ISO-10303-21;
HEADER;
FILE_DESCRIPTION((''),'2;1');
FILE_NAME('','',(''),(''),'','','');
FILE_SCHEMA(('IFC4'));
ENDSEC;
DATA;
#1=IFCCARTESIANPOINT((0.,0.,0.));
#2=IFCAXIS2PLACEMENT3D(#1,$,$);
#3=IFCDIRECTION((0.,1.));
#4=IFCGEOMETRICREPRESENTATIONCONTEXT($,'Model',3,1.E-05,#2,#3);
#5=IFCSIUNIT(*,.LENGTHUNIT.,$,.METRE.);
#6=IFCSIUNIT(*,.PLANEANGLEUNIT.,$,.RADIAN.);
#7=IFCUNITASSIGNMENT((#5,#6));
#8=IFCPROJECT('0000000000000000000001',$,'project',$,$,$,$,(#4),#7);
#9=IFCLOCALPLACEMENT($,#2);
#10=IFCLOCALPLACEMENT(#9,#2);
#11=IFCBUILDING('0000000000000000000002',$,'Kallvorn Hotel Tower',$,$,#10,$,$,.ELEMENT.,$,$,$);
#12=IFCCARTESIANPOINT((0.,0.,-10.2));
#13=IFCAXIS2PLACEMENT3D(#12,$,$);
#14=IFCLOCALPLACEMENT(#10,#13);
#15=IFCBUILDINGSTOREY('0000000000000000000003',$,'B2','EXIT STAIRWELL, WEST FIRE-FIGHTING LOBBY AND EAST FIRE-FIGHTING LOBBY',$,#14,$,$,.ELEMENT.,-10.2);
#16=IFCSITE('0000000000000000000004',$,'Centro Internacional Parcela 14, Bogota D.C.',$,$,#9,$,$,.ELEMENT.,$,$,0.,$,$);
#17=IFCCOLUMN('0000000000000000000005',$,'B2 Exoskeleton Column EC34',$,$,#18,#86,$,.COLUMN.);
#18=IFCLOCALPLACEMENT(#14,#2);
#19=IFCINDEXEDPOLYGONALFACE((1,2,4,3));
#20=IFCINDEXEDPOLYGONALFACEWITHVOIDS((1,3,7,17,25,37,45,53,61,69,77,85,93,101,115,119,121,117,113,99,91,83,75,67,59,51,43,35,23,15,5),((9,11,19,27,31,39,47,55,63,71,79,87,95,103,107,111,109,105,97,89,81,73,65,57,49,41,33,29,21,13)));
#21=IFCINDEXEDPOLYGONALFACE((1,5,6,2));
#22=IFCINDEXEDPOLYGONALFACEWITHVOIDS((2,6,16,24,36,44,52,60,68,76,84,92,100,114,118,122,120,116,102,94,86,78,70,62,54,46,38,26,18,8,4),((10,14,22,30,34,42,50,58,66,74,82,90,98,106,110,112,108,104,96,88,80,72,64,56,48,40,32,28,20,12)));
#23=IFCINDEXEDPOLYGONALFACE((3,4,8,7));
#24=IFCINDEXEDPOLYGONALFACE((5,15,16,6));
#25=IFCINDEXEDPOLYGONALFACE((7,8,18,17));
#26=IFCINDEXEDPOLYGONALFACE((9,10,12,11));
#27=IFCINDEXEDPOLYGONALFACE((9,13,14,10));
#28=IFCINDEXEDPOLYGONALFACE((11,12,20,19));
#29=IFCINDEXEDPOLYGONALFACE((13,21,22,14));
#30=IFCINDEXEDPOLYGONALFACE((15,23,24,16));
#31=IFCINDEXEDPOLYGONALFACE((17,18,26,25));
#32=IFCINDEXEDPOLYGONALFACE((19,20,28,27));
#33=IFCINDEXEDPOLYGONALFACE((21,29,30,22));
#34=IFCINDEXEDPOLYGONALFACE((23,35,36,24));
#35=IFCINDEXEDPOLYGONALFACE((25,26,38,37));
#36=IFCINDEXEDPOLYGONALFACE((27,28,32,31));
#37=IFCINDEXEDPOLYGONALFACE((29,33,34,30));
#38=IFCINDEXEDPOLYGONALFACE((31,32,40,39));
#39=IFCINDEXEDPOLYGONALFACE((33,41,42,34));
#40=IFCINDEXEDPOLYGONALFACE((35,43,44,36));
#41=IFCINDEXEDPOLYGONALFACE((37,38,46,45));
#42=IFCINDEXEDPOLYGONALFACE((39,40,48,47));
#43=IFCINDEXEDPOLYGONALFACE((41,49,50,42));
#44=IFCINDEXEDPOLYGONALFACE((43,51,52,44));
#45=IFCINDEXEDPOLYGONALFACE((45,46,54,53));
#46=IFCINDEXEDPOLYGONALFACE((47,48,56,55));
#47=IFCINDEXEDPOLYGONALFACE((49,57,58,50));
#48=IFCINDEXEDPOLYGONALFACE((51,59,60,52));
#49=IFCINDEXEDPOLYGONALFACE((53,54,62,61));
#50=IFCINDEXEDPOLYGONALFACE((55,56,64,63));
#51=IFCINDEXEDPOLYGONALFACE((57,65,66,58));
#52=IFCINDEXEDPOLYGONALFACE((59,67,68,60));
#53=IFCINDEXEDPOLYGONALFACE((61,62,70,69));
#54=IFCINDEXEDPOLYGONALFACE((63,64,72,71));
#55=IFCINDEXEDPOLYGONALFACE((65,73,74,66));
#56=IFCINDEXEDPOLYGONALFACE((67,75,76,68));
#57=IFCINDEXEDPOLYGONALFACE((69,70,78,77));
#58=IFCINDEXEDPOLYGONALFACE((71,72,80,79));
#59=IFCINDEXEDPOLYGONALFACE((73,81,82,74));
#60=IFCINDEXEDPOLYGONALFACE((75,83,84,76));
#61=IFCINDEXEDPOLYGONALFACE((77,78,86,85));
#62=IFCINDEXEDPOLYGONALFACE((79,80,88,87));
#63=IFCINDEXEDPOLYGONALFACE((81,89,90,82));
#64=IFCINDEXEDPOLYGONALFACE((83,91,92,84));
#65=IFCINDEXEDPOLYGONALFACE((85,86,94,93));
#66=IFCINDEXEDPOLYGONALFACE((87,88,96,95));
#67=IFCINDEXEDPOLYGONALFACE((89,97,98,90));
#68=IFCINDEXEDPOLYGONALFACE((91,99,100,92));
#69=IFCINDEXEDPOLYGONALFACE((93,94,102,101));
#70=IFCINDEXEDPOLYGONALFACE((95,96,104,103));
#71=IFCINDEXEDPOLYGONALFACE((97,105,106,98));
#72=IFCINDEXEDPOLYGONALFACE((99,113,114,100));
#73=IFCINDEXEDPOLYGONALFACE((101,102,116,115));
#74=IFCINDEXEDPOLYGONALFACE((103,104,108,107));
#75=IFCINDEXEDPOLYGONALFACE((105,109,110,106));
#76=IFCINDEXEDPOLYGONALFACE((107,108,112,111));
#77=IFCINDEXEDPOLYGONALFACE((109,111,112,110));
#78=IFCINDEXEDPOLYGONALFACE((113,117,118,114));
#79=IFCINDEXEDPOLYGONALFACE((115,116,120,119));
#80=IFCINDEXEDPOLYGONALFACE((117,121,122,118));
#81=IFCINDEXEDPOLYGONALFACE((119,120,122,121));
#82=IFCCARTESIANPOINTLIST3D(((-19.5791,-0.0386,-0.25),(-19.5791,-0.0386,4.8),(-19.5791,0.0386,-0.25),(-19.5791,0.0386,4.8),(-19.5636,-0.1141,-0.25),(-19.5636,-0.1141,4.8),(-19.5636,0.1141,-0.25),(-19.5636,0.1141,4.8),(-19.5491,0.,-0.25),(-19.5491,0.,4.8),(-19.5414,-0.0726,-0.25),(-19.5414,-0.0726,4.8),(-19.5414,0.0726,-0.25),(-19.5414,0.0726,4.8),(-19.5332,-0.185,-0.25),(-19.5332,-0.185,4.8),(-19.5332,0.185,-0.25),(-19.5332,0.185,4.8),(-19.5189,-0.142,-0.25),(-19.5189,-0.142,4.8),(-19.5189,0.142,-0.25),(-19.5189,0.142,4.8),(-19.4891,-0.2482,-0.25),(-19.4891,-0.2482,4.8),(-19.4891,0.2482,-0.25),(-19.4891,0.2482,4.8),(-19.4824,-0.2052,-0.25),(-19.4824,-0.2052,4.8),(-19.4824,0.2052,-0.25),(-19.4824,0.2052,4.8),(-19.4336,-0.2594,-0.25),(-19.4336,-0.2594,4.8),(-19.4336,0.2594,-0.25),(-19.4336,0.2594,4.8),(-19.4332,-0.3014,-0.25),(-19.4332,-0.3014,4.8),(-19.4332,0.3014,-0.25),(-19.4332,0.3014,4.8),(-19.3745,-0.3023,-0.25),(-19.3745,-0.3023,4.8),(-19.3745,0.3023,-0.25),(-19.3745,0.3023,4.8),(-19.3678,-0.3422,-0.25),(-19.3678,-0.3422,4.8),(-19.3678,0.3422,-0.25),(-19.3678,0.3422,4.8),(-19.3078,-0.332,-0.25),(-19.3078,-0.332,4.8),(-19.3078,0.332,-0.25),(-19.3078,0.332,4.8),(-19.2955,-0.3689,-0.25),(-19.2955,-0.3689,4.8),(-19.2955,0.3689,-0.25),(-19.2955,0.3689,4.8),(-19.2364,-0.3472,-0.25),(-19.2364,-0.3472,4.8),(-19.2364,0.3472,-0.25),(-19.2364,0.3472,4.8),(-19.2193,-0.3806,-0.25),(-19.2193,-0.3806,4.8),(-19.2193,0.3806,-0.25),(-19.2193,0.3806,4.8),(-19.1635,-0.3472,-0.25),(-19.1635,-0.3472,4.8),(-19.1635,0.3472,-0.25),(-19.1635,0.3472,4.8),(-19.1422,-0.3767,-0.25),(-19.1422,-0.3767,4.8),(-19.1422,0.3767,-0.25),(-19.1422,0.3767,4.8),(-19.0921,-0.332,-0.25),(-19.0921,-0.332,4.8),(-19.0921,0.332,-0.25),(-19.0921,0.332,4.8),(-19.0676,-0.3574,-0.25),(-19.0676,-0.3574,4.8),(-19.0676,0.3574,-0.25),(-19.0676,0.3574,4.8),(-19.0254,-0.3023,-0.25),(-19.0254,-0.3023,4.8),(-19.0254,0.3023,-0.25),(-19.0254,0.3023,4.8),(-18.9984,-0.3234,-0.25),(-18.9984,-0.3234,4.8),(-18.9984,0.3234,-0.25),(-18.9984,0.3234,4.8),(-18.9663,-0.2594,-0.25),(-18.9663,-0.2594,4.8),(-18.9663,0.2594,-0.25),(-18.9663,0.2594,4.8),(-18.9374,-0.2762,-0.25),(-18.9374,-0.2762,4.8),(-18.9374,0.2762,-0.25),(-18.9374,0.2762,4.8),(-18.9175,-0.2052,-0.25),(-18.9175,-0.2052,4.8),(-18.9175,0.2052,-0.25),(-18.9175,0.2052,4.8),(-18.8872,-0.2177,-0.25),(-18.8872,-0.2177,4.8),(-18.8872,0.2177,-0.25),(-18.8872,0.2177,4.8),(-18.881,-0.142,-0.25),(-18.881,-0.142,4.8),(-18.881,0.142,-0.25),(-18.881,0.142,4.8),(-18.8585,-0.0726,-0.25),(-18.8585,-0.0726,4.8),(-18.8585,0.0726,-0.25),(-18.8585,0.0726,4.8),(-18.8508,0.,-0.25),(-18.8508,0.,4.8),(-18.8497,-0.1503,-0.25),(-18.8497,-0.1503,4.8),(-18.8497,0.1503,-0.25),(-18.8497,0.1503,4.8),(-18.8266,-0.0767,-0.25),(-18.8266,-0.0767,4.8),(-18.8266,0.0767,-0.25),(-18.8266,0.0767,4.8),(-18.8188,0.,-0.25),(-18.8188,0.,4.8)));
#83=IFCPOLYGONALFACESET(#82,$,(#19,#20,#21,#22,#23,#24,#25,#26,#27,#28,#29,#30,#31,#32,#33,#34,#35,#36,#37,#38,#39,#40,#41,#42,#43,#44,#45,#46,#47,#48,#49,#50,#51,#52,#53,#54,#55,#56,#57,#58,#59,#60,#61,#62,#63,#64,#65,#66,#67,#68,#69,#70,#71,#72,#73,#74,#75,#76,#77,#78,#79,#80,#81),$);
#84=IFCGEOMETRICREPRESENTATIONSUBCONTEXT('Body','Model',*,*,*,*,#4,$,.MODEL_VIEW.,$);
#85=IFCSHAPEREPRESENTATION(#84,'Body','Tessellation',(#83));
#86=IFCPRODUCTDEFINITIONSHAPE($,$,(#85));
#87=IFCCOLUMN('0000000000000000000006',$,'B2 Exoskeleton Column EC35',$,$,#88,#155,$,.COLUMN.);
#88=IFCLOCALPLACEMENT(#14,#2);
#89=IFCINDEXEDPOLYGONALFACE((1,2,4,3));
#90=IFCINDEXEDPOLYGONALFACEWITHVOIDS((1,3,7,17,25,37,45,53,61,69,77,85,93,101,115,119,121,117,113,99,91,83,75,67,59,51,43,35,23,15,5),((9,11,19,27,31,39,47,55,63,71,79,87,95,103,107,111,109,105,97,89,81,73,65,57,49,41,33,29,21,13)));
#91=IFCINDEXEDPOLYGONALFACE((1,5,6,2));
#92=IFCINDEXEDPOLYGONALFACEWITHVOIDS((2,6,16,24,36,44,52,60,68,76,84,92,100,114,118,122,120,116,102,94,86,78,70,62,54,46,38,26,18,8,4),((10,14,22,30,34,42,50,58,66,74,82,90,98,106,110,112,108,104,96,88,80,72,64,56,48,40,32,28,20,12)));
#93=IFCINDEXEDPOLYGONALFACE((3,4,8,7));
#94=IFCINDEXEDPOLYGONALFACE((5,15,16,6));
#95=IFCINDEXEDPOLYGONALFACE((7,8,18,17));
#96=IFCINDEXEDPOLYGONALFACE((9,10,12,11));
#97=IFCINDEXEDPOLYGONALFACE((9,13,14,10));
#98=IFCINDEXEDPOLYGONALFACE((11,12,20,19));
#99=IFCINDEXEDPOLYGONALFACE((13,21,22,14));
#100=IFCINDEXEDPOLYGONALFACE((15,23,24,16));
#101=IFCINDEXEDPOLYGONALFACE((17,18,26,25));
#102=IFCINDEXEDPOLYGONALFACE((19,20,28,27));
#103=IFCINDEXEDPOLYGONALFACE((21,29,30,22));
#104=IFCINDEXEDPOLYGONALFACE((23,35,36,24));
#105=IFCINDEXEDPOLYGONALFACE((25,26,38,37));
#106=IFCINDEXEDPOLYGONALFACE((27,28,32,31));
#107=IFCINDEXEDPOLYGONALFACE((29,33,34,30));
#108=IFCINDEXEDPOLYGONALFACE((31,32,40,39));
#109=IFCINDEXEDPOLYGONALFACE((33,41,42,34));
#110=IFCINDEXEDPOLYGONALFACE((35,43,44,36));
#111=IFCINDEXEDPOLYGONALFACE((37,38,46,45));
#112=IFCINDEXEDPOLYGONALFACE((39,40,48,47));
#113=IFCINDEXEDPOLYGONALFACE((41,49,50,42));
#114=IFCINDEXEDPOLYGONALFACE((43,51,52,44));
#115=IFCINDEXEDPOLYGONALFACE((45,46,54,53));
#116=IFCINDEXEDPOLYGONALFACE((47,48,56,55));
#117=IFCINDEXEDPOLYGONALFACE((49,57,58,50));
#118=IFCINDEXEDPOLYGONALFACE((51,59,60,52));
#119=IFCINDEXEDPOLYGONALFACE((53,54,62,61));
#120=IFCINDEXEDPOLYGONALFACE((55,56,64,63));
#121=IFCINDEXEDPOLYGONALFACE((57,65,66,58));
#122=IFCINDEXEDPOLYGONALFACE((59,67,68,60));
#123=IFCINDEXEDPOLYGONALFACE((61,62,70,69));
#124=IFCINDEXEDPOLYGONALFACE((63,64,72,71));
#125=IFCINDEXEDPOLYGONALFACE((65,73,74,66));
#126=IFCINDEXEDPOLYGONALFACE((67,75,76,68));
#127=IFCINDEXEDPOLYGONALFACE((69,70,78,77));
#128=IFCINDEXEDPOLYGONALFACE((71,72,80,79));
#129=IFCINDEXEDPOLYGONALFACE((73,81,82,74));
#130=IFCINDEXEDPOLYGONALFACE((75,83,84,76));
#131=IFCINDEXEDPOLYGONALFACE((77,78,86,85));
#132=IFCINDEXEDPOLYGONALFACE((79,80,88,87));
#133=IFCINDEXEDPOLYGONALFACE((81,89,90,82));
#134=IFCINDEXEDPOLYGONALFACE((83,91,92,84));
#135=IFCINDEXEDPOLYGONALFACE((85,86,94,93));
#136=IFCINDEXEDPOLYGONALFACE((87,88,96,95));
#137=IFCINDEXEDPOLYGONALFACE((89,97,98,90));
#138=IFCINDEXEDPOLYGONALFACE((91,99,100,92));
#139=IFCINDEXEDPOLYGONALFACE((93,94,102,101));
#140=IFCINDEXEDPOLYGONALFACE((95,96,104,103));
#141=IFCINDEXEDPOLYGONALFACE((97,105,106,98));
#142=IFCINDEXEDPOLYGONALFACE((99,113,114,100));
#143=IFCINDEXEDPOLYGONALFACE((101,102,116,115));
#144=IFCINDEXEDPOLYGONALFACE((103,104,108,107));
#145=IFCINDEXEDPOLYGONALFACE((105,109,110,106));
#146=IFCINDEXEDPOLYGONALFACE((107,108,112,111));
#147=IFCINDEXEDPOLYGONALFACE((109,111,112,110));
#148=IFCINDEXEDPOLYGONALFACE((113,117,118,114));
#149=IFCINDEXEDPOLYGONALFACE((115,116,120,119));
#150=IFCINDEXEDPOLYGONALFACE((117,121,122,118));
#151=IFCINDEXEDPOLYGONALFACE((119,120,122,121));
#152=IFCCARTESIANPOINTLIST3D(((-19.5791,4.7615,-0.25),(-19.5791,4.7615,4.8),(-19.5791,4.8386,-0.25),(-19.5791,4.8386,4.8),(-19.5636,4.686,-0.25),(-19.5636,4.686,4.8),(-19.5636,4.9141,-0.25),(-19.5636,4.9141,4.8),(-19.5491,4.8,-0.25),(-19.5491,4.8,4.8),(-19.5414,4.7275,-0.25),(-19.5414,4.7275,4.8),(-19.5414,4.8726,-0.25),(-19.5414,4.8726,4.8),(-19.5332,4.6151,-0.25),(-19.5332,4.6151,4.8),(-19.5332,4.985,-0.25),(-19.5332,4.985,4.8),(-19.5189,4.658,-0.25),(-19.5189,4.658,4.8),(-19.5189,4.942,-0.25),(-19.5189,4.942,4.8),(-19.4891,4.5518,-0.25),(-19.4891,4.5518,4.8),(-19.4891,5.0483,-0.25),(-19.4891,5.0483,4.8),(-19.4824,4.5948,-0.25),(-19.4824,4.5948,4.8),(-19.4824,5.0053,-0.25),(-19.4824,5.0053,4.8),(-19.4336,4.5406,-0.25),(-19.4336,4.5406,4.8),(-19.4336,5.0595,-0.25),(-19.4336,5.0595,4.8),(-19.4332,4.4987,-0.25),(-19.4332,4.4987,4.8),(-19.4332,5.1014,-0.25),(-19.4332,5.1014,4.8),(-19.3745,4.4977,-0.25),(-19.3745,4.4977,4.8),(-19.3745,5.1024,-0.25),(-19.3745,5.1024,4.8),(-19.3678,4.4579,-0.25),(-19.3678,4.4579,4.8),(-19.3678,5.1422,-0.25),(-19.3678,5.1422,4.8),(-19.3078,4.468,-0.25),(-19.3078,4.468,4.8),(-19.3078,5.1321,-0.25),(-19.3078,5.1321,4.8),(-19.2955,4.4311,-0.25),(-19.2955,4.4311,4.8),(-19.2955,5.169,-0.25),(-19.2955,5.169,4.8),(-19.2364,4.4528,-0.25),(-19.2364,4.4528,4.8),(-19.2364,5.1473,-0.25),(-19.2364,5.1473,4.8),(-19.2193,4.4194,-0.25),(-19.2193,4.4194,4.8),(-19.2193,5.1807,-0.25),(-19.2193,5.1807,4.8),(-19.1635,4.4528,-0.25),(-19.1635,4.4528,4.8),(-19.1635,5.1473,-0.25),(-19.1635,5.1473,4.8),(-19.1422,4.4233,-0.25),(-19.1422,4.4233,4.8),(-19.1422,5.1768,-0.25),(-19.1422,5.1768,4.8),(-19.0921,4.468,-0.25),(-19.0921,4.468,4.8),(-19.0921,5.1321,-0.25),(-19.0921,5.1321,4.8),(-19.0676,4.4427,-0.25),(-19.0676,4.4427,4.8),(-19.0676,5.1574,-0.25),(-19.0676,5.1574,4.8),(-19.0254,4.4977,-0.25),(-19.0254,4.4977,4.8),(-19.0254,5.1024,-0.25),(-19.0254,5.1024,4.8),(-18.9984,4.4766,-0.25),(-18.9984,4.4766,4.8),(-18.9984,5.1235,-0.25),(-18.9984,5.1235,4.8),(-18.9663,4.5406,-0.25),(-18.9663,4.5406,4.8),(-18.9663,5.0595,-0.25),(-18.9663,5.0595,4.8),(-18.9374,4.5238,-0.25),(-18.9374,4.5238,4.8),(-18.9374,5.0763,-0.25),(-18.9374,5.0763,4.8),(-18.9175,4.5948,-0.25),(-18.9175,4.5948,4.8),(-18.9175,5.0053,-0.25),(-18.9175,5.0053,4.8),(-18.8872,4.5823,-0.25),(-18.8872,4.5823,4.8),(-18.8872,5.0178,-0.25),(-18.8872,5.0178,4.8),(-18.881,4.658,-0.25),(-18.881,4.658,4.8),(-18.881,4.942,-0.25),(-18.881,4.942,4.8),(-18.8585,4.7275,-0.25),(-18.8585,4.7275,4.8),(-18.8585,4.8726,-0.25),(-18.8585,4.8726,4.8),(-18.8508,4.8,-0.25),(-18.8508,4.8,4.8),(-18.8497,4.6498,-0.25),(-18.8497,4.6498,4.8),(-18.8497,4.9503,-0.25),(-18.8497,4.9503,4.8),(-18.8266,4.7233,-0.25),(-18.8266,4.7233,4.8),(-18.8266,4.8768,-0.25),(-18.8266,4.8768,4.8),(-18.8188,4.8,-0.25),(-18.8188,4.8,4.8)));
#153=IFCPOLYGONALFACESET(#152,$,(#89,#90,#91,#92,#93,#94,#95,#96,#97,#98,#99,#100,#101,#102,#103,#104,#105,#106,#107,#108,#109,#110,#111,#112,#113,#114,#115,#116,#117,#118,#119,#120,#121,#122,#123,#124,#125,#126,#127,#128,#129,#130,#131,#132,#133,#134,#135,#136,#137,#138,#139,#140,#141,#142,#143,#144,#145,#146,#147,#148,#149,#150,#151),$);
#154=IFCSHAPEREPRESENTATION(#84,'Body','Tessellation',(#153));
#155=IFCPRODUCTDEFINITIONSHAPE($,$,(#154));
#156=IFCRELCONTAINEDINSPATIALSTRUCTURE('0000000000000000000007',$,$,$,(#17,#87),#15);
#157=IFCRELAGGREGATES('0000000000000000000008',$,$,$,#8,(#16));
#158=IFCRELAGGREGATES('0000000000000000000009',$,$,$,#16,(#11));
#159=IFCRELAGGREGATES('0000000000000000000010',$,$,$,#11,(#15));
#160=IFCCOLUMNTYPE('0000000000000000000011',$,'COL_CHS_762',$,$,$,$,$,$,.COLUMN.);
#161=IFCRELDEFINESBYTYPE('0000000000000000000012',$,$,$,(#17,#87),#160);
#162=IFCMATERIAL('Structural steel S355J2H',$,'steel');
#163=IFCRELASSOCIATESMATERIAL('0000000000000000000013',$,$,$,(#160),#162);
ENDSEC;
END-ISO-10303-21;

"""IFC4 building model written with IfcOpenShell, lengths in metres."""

from ifc_helpers import new_model, si_unit, direction, frame, origin, origin_2d, place, context, subcontext, project, spatial, hollow_circle, extrude, material, material_profile, profile_set, type_object, element, save


model = new_model("IFC4")

# Units and contexts
model_context = context("Model", 3, precision=1e-05, world=origin(), true_north=direction((0.0, 1.0)))
body_context = subcontext(model_context, "Body", "Model", "MODEL_VIEW")
ifc_project = project(units=[si_unit("LENGTHUNIT", "METRE"), si_unit("PLANEANGLEUNIT", "RADIAN")], contexts=[model_context])

# Site, building, storey
site_placement = place(None, origin())
site = spatial("IfcSite", under=ifc_project, at=site_placement, Name="Centro Internacional Parcela 14, Bogota D.C.", CompositionType="ELEMENT", RefElevation=0.0)
building_placement = place(site_placement, origin())
building = spatial("IfcBuilding", under=site, at=building_placement, Name="Kallvorn Hotel Tower", CompositionType="ELEMENT")
storey_placement = place(building_placement, frame((0.0, 0.0, -10.2)))
storey = spatial("IfcBuildingStorey", under=building, at=storey_placement, Name="B2", Description="EXIT STAIRWELL, WEST FIRE-FIGHTING LOBBY AND EAST FIRE-FIGHTING LOBBY", CompositionType="ELEMENT", Elevation=-10.2)

# Columns
ifc_material_1 = material(Name="Structural steel S355J2H", Category="steel")
ifc_material_profile_1 = material_profile(ifc_material_1, hollow_circle(Radius=0.3811, WallThickness=0.032, at=origin_2d()), Name="CHS 762x32")
ifc_profile_set_1 = profile_set([ifc_material_profile_1], Name="Structural steel S355J2H")
column_type_1 = type_object("IfcColumnType", Name="COL_CHS_762", PredefinedType="COLUMN", material=ifc_profile_set_1)
for number, where, z_axis, x_axis, name in (
    (1, (-19.2, 0.0, -0.25), (0.0, 0.0, 1.0), (1.0, 0.0, 0.0), "B2 Exoskeleton Column EC34"),
    (2, (-19.2, 4.8, -0.25), (0.0, 0.0, 1.0), (1.0, 0.0, 0.0), "B2 Exoskeleton Column EC35"),
):
    element("IfcColumn", number, at=place(storey_placement, frame(where, z_axis=z_axis, x_axis=x_axis)), inside=storey, type_object=column_type_1, Name=name, PredefinedType="COLUMN", context=body_context, shape_type="SweptSolid", body=[
        extrude(hollow_circle(Radius=0.3811, WallThickness=0.032, at=origin_2d()), origin(), (0.0, 0.0, 1.0), 5.05),
    ])

save(model, "model.ifc")
